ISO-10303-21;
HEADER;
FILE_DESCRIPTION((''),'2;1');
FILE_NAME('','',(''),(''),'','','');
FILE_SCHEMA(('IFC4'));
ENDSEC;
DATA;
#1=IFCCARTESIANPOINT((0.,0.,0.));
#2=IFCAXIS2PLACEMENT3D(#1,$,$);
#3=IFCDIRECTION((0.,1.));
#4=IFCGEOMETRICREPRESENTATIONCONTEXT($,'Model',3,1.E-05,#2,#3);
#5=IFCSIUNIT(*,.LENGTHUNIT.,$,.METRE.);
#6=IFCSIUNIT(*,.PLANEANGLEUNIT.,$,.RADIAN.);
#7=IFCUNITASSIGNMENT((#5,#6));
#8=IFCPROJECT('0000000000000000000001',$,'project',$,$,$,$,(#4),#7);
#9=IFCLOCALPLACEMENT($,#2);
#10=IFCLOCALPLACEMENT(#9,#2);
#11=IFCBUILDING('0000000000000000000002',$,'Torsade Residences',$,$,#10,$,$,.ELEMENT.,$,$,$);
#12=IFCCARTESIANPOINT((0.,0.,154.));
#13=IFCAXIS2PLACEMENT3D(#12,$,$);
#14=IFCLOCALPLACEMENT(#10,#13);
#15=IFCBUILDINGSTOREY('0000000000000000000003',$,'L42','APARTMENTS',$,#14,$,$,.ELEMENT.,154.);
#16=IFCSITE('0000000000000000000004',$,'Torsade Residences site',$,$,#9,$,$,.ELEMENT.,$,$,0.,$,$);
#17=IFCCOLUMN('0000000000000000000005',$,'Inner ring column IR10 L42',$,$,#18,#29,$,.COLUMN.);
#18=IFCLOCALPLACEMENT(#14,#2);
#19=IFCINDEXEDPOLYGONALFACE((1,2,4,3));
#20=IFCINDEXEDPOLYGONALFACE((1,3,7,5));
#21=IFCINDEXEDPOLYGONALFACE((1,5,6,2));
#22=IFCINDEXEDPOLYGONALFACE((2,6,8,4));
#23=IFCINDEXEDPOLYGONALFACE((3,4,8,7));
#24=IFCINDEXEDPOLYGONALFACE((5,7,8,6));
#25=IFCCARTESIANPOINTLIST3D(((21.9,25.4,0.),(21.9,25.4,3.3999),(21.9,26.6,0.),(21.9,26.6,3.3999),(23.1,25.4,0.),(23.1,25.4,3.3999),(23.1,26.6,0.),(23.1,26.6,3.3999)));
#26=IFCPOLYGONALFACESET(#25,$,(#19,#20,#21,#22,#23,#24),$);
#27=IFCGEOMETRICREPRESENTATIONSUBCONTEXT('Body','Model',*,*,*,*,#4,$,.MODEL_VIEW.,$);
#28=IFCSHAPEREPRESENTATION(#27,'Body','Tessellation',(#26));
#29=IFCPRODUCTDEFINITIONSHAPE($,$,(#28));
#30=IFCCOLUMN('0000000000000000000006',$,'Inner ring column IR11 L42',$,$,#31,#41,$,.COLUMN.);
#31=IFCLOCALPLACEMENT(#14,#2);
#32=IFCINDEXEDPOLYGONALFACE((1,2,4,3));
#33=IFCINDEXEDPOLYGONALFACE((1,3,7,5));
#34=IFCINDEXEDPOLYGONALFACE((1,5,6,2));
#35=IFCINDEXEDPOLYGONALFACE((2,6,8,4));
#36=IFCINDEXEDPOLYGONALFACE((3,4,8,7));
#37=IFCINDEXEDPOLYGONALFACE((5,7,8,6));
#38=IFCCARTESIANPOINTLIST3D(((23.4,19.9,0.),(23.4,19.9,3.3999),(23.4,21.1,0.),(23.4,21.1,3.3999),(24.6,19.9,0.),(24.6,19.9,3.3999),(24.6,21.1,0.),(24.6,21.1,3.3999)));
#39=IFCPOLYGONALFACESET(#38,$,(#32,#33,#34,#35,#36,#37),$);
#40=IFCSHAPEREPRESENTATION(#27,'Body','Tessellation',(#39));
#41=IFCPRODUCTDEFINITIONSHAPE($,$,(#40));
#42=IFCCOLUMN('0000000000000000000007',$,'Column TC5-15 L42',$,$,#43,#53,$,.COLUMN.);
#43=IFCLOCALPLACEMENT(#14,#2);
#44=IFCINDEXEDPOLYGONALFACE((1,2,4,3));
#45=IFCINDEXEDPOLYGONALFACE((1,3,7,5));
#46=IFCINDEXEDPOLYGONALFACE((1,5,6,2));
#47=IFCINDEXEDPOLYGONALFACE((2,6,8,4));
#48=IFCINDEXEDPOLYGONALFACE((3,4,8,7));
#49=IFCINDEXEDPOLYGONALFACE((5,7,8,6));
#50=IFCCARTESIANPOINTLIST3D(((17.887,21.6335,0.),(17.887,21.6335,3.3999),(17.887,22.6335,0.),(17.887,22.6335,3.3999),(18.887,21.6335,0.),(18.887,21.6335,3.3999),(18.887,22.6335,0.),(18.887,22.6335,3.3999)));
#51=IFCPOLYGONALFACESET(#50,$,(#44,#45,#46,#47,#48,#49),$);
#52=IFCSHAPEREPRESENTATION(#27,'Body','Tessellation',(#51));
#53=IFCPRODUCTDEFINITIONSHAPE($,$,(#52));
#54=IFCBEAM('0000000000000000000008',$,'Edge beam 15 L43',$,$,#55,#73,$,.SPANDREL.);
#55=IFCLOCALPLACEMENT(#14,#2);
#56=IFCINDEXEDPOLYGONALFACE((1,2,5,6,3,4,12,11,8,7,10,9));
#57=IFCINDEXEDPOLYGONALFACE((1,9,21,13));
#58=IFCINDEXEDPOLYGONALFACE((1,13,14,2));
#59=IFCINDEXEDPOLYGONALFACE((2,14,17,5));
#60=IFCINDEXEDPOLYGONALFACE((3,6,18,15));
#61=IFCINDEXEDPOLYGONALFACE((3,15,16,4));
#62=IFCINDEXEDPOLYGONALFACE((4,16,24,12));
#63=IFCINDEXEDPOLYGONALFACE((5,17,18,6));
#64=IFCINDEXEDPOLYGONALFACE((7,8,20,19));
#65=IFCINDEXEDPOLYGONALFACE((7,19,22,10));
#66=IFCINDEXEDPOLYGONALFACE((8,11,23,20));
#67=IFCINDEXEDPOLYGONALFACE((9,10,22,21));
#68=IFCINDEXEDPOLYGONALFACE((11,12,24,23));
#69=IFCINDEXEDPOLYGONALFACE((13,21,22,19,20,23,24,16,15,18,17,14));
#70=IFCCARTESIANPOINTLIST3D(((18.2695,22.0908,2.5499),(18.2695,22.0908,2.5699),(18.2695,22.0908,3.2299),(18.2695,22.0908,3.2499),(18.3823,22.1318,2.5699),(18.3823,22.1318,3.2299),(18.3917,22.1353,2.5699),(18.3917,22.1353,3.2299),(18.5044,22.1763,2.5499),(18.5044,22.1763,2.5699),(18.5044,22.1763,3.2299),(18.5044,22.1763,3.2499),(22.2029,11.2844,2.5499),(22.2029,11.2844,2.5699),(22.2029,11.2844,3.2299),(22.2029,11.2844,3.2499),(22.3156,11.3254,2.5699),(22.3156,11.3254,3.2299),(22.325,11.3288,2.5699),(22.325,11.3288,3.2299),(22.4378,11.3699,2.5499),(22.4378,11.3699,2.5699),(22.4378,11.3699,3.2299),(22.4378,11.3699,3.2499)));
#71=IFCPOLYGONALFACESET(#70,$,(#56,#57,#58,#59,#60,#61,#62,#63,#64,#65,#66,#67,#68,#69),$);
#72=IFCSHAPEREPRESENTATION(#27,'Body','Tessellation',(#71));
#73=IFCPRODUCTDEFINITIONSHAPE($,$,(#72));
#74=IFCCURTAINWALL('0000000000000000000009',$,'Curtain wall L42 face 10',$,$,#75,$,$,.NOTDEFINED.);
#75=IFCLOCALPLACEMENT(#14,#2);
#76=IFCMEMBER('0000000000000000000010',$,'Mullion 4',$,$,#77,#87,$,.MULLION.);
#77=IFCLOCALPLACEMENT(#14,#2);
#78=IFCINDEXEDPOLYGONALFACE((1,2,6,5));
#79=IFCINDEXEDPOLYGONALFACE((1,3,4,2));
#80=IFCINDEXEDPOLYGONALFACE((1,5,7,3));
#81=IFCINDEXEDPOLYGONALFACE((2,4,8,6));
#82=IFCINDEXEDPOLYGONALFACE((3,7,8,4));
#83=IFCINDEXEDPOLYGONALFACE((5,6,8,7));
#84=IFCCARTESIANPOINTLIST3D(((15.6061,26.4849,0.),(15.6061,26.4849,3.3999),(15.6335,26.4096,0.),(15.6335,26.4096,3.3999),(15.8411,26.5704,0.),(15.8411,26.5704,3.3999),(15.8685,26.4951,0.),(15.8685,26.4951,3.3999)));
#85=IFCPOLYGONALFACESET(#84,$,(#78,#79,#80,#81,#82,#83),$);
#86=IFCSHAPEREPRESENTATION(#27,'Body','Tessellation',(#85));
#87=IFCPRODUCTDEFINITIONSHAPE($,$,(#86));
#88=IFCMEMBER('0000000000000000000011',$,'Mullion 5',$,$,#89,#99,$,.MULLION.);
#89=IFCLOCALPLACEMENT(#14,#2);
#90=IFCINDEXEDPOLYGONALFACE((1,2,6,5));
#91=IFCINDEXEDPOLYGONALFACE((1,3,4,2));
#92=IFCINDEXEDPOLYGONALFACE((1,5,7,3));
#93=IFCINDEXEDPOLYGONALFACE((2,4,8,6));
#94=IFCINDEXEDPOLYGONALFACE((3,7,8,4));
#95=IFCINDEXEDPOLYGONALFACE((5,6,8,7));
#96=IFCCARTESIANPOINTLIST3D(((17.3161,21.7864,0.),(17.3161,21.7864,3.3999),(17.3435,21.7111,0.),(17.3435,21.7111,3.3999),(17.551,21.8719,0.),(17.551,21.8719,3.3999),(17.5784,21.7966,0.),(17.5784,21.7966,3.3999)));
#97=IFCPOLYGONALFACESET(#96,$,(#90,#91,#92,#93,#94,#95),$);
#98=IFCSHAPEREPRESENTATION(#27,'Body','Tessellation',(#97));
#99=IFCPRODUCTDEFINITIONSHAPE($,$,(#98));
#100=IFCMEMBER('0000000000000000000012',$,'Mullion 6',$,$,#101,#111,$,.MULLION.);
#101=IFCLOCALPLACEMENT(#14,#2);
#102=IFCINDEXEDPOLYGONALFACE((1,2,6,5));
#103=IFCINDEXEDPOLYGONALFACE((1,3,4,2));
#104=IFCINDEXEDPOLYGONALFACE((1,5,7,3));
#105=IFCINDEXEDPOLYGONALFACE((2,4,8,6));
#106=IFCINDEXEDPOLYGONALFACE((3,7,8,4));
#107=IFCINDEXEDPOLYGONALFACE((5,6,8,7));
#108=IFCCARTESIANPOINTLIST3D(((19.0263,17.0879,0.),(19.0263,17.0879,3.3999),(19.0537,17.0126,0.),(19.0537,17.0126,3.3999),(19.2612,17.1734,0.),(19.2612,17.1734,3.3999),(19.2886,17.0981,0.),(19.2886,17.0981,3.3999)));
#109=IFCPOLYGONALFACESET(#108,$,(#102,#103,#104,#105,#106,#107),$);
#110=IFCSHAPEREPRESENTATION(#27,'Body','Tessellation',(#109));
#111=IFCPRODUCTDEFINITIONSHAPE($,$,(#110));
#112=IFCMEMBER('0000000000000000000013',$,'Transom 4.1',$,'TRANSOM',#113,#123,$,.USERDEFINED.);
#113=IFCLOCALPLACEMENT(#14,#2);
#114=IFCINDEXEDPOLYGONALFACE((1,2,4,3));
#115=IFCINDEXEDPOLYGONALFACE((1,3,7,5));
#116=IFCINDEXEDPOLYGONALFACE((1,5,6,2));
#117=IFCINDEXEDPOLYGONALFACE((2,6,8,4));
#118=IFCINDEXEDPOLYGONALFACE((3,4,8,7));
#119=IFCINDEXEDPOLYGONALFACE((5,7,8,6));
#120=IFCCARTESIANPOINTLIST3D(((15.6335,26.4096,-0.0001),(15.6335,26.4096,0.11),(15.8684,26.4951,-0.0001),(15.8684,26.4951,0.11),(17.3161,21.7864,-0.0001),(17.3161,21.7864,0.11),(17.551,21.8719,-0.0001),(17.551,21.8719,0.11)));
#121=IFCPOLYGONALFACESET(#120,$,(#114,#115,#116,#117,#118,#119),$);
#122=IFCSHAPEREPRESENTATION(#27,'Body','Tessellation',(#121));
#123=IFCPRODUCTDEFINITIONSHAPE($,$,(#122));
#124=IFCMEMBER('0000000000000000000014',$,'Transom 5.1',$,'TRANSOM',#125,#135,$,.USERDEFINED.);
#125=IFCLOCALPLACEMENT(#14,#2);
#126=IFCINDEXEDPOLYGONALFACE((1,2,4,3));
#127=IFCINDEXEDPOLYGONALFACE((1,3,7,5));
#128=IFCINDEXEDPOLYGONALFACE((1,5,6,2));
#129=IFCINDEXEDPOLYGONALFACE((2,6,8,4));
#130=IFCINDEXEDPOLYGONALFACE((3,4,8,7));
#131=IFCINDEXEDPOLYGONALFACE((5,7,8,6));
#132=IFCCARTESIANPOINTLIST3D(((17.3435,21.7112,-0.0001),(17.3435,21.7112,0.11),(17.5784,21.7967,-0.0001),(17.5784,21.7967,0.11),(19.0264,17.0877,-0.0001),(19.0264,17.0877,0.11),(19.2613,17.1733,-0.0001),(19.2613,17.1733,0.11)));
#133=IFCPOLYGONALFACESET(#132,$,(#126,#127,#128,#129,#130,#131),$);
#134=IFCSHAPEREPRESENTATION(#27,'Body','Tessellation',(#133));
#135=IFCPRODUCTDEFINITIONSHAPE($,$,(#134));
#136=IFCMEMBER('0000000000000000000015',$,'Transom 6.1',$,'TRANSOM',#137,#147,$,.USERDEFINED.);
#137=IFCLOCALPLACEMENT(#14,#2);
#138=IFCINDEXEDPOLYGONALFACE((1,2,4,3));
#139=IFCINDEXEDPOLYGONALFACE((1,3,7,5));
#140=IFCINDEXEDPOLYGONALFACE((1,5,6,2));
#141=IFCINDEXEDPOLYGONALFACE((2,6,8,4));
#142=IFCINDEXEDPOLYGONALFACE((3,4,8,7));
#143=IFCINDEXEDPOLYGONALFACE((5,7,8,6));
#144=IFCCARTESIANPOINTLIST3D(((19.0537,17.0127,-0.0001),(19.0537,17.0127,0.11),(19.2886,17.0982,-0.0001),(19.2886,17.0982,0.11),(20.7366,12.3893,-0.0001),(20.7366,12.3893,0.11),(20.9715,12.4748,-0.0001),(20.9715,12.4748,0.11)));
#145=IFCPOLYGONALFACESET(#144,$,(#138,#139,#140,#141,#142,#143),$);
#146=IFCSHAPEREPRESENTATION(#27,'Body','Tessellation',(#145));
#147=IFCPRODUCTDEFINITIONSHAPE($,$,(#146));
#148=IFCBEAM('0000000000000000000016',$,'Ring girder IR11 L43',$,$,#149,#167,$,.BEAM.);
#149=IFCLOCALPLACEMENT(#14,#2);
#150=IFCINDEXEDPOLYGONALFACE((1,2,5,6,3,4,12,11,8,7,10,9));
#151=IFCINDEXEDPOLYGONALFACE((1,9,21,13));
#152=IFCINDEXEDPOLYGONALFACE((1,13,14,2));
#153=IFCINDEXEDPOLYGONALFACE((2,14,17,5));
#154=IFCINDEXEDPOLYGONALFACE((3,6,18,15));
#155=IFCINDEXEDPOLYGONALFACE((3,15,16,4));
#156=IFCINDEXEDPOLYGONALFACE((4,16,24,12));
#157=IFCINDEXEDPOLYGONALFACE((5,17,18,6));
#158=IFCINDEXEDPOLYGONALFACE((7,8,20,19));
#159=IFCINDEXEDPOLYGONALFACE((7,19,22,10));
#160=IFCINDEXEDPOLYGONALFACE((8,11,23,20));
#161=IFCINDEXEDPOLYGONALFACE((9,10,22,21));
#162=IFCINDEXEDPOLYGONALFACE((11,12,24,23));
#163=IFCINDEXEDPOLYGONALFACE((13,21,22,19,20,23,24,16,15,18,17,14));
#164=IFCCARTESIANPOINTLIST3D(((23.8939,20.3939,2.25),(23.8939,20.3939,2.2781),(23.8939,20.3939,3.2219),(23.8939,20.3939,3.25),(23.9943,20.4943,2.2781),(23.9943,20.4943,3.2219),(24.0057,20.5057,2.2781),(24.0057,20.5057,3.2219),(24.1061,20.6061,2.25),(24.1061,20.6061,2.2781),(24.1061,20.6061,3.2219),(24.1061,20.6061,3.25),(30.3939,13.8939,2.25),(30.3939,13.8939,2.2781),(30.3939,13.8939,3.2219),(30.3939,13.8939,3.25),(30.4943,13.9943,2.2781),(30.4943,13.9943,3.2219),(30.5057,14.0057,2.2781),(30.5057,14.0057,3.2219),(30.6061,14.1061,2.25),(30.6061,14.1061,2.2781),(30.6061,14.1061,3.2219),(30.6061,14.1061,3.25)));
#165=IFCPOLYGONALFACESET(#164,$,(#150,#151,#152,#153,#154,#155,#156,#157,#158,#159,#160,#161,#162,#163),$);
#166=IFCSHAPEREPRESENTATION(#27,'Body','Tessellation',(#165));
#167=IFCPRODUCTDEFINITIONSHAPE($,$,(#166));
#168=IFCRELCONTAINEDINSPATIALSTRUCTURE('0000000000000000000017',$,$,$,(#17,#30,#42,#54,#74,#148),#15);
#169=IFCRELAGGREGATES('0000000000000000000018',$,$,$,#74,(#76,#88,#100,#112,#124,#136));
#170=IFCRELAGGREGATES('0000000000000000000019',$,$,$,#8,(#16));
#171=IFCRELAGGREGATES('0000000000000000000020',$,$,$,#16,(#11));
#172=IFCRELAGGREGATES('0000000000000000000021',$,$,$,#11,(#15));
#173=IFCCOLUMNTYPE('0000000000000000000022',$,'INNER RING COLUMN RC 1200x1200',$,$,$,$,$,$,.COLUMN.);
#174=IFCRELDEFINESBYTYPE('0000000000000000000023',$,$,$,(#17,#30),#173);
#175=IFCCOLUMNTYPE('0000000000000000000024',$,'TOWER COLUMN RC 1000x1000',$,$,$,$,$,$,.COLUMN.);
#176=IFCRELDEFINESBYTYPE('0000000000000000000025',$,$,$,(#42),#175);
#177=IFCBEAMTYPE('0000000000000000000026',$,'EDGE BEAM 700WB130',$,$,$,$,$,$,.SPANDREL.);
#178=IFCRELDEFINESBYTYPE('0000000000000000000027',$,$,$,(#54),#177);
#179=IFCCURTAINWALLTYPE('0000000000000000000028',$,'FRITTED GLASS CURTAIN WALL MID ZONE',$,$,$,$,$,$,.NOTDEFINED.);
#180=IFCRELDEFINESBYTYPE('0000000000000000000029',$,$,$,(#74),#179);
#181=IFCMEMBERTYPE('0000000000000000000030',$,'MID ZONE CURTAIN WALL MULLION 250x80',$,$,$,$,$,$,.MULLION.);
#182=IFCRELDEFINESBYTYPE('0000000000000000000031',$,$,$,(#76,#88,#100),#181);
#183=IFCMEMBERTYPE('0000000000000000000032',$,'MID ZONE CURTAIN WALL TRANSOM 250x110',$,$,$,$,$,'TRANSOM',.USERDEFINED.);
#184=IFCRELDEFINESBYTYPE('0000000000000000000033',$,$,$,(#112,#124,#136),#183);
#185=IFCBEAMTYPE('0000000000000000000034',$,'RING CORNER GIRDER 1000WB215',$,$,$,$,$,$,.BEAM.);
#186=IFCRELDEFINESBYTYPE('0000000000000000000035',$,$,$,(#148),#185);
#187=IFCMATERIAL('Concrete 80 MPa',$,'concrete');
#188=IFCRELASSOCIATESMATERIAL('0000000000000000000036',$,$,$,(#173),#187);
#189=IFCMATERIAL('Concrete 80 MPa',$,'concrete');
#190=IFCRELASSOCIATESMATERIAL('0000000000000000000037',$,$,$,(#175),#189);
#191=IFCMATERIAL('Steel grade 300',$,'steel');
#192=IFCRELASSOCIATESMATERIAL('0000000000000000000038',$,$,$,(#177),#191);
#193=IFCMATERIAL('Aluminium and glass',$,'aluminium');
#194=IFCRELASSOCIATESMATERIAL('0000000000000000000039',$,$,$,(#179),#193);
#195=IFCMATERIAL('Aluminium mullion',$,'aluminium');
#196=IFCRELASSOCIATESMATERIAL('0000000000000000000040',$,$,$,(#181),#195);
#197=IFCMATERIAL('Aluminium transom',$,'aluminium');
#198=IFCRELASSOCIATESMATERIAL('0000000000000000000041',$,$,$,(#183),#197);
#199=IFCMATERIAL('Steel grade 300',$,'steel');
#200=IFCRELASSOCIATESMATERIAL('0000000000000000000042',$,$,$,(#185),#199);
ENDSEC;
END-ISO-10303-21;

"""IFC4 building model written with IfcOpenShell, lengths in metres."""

from ifc_helpers import new_model, si_unit, direction, frame, origin, origin_2d, place, context, subcontext, project, spatial, rectangle, i_section, extrude, material, material_profile, profile_set, type_object, element, aggregate, save


model = new_model("IFC4")

# Units and contexts
model_context = context("Model", 3, precision=1e-05, world=origin(), true_north=direction((0.0, 1.0)))
body_context = subcontext(model_context, "Body", "Model", "MODEL_VIEW")
ifc_project = project(units=[si_unit("LENGTHUNIT", "METRE"), si_unit("PLANEANGLEUNIT", "RADIAN")], contexts=[model_context])

# Site, building, storey
site_placement = place(None, origin())
site = spatial("IfcSite", under=ifc_project, at=site_placement, Name="Torsade Residences site", CompositionType="ELEMENT", RefElevation=0.0)
building_placement = place(site_placement, origin())
building = spatial("IfcBuilding", under=site, at=building_placement, Name="Torsade Residences", CompositionType="ELEMENT")
storey_placement = place(building_placement, frame((0.0, 0.0, 154.0)))
storey = spatial("IfcBuildingStorey", under=building, at=storey_placement, Name="L42", Description="APARTMENTS", CompositionType="ELEMENT", Elevation=154.0)

# Columns
ifc_material_1 = material(Name="Concrete 80 MPa", Category="concrete")
ifc_material_profile_1 = material_profile(ifc_material_1, rectangle(XDim=1.2, YDim=1.2, at=origin_2d()), Name="RC 1200x1200")
ifc_profile_set_1 = profile_set([ifc_material_profile_1], Name="Concrete 80 MPa")
column_type_1 = type_object("IfcColumnType", Name="INNER RING COLUMN RC 1200x1200", PredefinedType="COLUMN", material=ifc_profile_set_1)
for number, where, z_axis, x_axis, name in (
    (1, (22.5, 26.0, 0.0), (0.0, 0.0, 1.0), (1.0, 0.0, 0.0), "Inner ring column IR10 L42"),
    (2, (24.0, 20.5, 0.0), (0.0, 0.0, 1.0), (1.0, 0.0, 0.0), "Inner ring column IR11 L42"),
):
    element("IfcColumn", number, at=place(storey_placement, frame(where, z_axis=z_axis, x_axis=x_axis)), inside=storey, type_object=column_type_1, Name=name, PredefinedType="COLUMN", context=body_context, shape_type="SweptSolid", body=[
        extrude(rectangle(XDim=1.2, YDim=1.2, at=origin_2d()), origin(), (0.0, 0.0, 1.0), 3.3999),
    ])
ifc_material_2 = material(Name="Concrete 80 MPa", Category="concrete")
ifc_material_profile_2 = material_profile(ifc_material_2, rectangle(XDim=1.0, YDim=1.0, at=origin_2d()), Name="RC 1000x1000")
ifc_profile_set_2 = profile_set([ifc_material_profile_2], Name="Concrete 80 MPa")
column_type_2 = type_object("IfcColumnType", Name="TOWER COLUMN RC 1000x1000", PredefinedType="COLUMN", material=ifc_profile_set_2)
column_placement = place(storey_placement, frame((18.387, 22.1335, 0.0), z_axis=(0.0, 0.0, 1.0), x_axis=(1.0, 0.0, 0.0)))
element("IfcColumn", 3, at=column_placement, inside=storey, type_object=column_type_2, Name="Column TC5-15 L42", PredefinedType="COLUMN", context=body_context, shape_type="SweptSolid", body=[
    extrude(rectangle(XDim=1.0, YDim=1.0, at=origin_2d()), origin(), (0.0, 0.0, 1.0), 3.3999),
])

# Beam
ifc_material_3 = material(Name="Steel grade 300", Category="steel")
ifc_material_profile_3 = material_profile(ifc_material_3, i_section(OverallWidth=0.25, OverallDepth=0.7, WebThickness=0.01, FlangeThickness=0.02, at=origin_2d()), Name="700WB130")
ifc_profile_set_3 = profile_set([ifc_material_profile_3], Name="Steel grade 300")
beam_type_1 = type_object("IfcBeamType", Name="EDGE BEAM 700WB130", PredefinedType="SPANDREL", material=ifc_profile_set_3)
beam_1_placement = place(storey_placement, frame((18.387, 22.1335, 2.8999), z_axis=(0.342031, -0.939689, 0.0), x_axis=(0.939689, 0.342031, 0.0)))
element("IfcBeam", 4, at=beam_1_placement, inside=storey, type_object=beam_type_1, Name="Edge beam 15 L43", PredefinedType="SPANDREL", context=body_context, shape_type="SweptSolid", body=[
    extrude(i_section(OverallWidth=0.25, OverallDepth=0.7, WebThickness=0.01, FlangeThickness=0.02, at=origin_2d()), origin(), (0.0, 0.0, 1.0), 11.5),
])

# Curtain wall, members
ifc_material_4 = material(Name="Aluminium and glass", Category="aluminium")
curtain_wall_type = type_object("IfcCurtainWallType", Name="FRITTED GLASS CURTAIN WALL MID ZONE", PredefinedType="NOTDEFINED", material=ifc_material_4)
curtain_wall_placement = place(storey_placement, origin())
curtain_wall = element("IfcCurtainWall", 5, at=curtain_wall_placement, inside=storey, type_object=curtain_wall_type, Name="Curtain wall L42 face 10", PredefinedType="NOTDEFINED")
ifc_material_5 = material(Name="Aluminium mullion", Category="aluminium")
ifc_material_profile_4 = material_profile(ifc_material_5, rectangle(XDim=0.25, YDim=0.0801, at=origin_2d()), Name="MID ZONE CURTAIN WALL MULLION 250x80")
ifc_profile_set_4 = profile_set([ifc_material_profile_4], Name="Aluminium mullion")
member_type_1 = type_object("IfcMemberType", Name="MID ZONE CURTAIN WALL MULLION 250x80", PredefinedType="MULLION", material=ifc_profile_set_4)
member_1_placement = place(storey_placement, frame((15.7373, 26.49, 0.0), z_axis=(0.0, 0.0, 1.0), x_axis=(0.939693, 0.34202, 0.0)))
member_1 = element("IfcMember", 6, at=member_1_placement, type_object=member_type_1, Name="Mullion 4", PredefinedType="MULLION", context=body_context, shape_type="SweptSolid", body=[
    extrude(rectangle(XDim=0.25, YDim=0.0801, at=origin_2d()), origin(), (0.0, 0.0, 1.0), 3.3999),
])
member_2_placement = place(storey_placement, frame((17.4473, 21.7915, 0.0), z_axis=(0.0, 0.0, 1.0), x_axis=(0.939693, 0.34202, 0.0)))
member_2 = element("IfcMember", 7, at=member_2_placement, type_object=member_type_1, Name="Mullion 5", PredefinedType="MULLION", context=body_context, shape_type="SweptSolid", body=[
    extrude(rectangle(XDim=0.25, YDim=0.0801, at=origin_2d()), origin(), (0.0, 0.0, 1.0), 3.3999),
])
member_3_placement = place(storey_placement, frame((19.1575, 17.093, 0.0), z_axis=(0.0, 0.0, 1.0), x_axis=(0.939693, 0.34202, 0.0)))
member_3 = element("IfcMember", 8, at=member_3_placement, type_object=member_type_1, Name="Mullion 6", PredefinedType="MULLION", context=body_context, shape_type="SweptSolid", body=[
    extrude(rectangle(XDim=0.25, YDim=0.0801, at=origin_2d()), origin(), (0.0, 0.0, 1.0), 3.3999),
])
ifc_material_6 = material(Name="Aluminium transom", Category="aluminium")
ifc_material_profile_5 = material_profile(ifc_material_6, rectangle(XDim=0.25, YDim=0.1101, at=origin_2d()), Name="MID ZONE CURTAIN WALL TRANSOM 250x110")
ifc_profile_set_5 = profile_set([ifc_material_profile_5], Name="Aluminium transom")
member_type_2 = type_object("IfcMemberType", Name="MID ZONE CURTAIN WALL TRANSOM 250x110", ElementType="TRANSOM", PredefinedType="USERDEFINED", material=ifc_profile_set_5)
member_4_placement = place(storey_placement, frame((15.751, 26.4524, 0.0549), z_axis=(0.341998, -0.939701, 0.0), x_axis=(0.939701, 0.341998, 0.0)))
member_4 = element("IfcMember", 9, at=member_4_placement, type_object=member_type_2, Name="Transom 4.1", ObjectType="TRANSOM", PredefinedType="USERDEFINED", context=body_context, shape_type="SweptSolid", body=[
    extrude(rectangle(XDim=0.25, YDim=0.1101, at=origin_2d()), origin(), (0.0, 0.0, 1.0), 4.9199),
])
member_5_placement = place(storey_placement, frame((17.4609, 21.7539, 0.0549), z_axis=(0.342042, -0.939685, 0.0), x_axis=(0.939685, 0.342042, 0.0)))
member_5 = element("IfcMember", 10, at=member_5_placement, type_object=member_type_2, Name="Transom 5.1", ObjectType="TRANSOM", PredefinedType="USERDEFINED", context=body_context, shape_type="SweptSolid", body=[
    extrude(rectangle(XDim=0.25, YDim=0.1101, at=origin_2d()), origin(), (0.0, 0.0, 1.0), 4.9202),
])
member_6_placement = place(storey_placement, frame((19.1711, 17.0554, 0.0549), z_axis=(0.342042, -0.939685, 0.0), x_axis=(0.939685, 0.342042, 0.0)))
member_6 = element("IfcMember", 11, at=member_6_placement, type_object=member_type_2, Name="Transom 6.1", ObjectType="TRANSOM", PredefinedType="USERDEFINED", context=body_context, shape_type="SweptSolid", body=[
    extrude(rectangle(XDim=0.25, YDim=0.1101, at=origin_2d()), origin(), (0.0, 0.0, 1.0), 4.9202),
])

# Beam
ifc_material_7 = material(Name="Steel grade 300", Category="steel")
ifc_material_profile_6 = material_profile(ifc_material_7, i_section(OverallWidth=0.3, OverallDepth=1.0, WebThickness=0.0161, FlangeThickness=0.0281, at=origin_2d()), Name="1000WB215")
ifc_profile_set_6 = profile_set([ifc_material_profile_6], Name="Steel grade 300")
beam_type_2 = type_object("IfcBeamType", Name="RING CORNER GIRDER 1000WB215", PredefinedType="BEAM", material=ifc_profile_set_6)
beam_2_placement = place(storey_placement, frame((24.0, 20.5, 2.75), z_axis=(0.707107, -0.707107, 0.0), x_axis=(0.707107, 0.707107, 0.0)))
element("IfcBeam", 12, at=beam_2_placement, inside=storey, type_object=beam_type_2, Name="Ring girder IR11 L43", PredefinedType="BEAM", context=body_context, shape_type="SweptSolid", body=[
    extrude(i_section(OverallWidth=0.3, OverallDepth=1.0, WebThickness=0.0161, FlangeThickness=0.0281, at=origin_2d()), origin(), (0.0, 0.0, 1.0), 9.1924),
])

aggregate(curtain_wall, [member_1, member_2, member_3, member_4, member_5, member_6])

save(model, "model.ifc")
